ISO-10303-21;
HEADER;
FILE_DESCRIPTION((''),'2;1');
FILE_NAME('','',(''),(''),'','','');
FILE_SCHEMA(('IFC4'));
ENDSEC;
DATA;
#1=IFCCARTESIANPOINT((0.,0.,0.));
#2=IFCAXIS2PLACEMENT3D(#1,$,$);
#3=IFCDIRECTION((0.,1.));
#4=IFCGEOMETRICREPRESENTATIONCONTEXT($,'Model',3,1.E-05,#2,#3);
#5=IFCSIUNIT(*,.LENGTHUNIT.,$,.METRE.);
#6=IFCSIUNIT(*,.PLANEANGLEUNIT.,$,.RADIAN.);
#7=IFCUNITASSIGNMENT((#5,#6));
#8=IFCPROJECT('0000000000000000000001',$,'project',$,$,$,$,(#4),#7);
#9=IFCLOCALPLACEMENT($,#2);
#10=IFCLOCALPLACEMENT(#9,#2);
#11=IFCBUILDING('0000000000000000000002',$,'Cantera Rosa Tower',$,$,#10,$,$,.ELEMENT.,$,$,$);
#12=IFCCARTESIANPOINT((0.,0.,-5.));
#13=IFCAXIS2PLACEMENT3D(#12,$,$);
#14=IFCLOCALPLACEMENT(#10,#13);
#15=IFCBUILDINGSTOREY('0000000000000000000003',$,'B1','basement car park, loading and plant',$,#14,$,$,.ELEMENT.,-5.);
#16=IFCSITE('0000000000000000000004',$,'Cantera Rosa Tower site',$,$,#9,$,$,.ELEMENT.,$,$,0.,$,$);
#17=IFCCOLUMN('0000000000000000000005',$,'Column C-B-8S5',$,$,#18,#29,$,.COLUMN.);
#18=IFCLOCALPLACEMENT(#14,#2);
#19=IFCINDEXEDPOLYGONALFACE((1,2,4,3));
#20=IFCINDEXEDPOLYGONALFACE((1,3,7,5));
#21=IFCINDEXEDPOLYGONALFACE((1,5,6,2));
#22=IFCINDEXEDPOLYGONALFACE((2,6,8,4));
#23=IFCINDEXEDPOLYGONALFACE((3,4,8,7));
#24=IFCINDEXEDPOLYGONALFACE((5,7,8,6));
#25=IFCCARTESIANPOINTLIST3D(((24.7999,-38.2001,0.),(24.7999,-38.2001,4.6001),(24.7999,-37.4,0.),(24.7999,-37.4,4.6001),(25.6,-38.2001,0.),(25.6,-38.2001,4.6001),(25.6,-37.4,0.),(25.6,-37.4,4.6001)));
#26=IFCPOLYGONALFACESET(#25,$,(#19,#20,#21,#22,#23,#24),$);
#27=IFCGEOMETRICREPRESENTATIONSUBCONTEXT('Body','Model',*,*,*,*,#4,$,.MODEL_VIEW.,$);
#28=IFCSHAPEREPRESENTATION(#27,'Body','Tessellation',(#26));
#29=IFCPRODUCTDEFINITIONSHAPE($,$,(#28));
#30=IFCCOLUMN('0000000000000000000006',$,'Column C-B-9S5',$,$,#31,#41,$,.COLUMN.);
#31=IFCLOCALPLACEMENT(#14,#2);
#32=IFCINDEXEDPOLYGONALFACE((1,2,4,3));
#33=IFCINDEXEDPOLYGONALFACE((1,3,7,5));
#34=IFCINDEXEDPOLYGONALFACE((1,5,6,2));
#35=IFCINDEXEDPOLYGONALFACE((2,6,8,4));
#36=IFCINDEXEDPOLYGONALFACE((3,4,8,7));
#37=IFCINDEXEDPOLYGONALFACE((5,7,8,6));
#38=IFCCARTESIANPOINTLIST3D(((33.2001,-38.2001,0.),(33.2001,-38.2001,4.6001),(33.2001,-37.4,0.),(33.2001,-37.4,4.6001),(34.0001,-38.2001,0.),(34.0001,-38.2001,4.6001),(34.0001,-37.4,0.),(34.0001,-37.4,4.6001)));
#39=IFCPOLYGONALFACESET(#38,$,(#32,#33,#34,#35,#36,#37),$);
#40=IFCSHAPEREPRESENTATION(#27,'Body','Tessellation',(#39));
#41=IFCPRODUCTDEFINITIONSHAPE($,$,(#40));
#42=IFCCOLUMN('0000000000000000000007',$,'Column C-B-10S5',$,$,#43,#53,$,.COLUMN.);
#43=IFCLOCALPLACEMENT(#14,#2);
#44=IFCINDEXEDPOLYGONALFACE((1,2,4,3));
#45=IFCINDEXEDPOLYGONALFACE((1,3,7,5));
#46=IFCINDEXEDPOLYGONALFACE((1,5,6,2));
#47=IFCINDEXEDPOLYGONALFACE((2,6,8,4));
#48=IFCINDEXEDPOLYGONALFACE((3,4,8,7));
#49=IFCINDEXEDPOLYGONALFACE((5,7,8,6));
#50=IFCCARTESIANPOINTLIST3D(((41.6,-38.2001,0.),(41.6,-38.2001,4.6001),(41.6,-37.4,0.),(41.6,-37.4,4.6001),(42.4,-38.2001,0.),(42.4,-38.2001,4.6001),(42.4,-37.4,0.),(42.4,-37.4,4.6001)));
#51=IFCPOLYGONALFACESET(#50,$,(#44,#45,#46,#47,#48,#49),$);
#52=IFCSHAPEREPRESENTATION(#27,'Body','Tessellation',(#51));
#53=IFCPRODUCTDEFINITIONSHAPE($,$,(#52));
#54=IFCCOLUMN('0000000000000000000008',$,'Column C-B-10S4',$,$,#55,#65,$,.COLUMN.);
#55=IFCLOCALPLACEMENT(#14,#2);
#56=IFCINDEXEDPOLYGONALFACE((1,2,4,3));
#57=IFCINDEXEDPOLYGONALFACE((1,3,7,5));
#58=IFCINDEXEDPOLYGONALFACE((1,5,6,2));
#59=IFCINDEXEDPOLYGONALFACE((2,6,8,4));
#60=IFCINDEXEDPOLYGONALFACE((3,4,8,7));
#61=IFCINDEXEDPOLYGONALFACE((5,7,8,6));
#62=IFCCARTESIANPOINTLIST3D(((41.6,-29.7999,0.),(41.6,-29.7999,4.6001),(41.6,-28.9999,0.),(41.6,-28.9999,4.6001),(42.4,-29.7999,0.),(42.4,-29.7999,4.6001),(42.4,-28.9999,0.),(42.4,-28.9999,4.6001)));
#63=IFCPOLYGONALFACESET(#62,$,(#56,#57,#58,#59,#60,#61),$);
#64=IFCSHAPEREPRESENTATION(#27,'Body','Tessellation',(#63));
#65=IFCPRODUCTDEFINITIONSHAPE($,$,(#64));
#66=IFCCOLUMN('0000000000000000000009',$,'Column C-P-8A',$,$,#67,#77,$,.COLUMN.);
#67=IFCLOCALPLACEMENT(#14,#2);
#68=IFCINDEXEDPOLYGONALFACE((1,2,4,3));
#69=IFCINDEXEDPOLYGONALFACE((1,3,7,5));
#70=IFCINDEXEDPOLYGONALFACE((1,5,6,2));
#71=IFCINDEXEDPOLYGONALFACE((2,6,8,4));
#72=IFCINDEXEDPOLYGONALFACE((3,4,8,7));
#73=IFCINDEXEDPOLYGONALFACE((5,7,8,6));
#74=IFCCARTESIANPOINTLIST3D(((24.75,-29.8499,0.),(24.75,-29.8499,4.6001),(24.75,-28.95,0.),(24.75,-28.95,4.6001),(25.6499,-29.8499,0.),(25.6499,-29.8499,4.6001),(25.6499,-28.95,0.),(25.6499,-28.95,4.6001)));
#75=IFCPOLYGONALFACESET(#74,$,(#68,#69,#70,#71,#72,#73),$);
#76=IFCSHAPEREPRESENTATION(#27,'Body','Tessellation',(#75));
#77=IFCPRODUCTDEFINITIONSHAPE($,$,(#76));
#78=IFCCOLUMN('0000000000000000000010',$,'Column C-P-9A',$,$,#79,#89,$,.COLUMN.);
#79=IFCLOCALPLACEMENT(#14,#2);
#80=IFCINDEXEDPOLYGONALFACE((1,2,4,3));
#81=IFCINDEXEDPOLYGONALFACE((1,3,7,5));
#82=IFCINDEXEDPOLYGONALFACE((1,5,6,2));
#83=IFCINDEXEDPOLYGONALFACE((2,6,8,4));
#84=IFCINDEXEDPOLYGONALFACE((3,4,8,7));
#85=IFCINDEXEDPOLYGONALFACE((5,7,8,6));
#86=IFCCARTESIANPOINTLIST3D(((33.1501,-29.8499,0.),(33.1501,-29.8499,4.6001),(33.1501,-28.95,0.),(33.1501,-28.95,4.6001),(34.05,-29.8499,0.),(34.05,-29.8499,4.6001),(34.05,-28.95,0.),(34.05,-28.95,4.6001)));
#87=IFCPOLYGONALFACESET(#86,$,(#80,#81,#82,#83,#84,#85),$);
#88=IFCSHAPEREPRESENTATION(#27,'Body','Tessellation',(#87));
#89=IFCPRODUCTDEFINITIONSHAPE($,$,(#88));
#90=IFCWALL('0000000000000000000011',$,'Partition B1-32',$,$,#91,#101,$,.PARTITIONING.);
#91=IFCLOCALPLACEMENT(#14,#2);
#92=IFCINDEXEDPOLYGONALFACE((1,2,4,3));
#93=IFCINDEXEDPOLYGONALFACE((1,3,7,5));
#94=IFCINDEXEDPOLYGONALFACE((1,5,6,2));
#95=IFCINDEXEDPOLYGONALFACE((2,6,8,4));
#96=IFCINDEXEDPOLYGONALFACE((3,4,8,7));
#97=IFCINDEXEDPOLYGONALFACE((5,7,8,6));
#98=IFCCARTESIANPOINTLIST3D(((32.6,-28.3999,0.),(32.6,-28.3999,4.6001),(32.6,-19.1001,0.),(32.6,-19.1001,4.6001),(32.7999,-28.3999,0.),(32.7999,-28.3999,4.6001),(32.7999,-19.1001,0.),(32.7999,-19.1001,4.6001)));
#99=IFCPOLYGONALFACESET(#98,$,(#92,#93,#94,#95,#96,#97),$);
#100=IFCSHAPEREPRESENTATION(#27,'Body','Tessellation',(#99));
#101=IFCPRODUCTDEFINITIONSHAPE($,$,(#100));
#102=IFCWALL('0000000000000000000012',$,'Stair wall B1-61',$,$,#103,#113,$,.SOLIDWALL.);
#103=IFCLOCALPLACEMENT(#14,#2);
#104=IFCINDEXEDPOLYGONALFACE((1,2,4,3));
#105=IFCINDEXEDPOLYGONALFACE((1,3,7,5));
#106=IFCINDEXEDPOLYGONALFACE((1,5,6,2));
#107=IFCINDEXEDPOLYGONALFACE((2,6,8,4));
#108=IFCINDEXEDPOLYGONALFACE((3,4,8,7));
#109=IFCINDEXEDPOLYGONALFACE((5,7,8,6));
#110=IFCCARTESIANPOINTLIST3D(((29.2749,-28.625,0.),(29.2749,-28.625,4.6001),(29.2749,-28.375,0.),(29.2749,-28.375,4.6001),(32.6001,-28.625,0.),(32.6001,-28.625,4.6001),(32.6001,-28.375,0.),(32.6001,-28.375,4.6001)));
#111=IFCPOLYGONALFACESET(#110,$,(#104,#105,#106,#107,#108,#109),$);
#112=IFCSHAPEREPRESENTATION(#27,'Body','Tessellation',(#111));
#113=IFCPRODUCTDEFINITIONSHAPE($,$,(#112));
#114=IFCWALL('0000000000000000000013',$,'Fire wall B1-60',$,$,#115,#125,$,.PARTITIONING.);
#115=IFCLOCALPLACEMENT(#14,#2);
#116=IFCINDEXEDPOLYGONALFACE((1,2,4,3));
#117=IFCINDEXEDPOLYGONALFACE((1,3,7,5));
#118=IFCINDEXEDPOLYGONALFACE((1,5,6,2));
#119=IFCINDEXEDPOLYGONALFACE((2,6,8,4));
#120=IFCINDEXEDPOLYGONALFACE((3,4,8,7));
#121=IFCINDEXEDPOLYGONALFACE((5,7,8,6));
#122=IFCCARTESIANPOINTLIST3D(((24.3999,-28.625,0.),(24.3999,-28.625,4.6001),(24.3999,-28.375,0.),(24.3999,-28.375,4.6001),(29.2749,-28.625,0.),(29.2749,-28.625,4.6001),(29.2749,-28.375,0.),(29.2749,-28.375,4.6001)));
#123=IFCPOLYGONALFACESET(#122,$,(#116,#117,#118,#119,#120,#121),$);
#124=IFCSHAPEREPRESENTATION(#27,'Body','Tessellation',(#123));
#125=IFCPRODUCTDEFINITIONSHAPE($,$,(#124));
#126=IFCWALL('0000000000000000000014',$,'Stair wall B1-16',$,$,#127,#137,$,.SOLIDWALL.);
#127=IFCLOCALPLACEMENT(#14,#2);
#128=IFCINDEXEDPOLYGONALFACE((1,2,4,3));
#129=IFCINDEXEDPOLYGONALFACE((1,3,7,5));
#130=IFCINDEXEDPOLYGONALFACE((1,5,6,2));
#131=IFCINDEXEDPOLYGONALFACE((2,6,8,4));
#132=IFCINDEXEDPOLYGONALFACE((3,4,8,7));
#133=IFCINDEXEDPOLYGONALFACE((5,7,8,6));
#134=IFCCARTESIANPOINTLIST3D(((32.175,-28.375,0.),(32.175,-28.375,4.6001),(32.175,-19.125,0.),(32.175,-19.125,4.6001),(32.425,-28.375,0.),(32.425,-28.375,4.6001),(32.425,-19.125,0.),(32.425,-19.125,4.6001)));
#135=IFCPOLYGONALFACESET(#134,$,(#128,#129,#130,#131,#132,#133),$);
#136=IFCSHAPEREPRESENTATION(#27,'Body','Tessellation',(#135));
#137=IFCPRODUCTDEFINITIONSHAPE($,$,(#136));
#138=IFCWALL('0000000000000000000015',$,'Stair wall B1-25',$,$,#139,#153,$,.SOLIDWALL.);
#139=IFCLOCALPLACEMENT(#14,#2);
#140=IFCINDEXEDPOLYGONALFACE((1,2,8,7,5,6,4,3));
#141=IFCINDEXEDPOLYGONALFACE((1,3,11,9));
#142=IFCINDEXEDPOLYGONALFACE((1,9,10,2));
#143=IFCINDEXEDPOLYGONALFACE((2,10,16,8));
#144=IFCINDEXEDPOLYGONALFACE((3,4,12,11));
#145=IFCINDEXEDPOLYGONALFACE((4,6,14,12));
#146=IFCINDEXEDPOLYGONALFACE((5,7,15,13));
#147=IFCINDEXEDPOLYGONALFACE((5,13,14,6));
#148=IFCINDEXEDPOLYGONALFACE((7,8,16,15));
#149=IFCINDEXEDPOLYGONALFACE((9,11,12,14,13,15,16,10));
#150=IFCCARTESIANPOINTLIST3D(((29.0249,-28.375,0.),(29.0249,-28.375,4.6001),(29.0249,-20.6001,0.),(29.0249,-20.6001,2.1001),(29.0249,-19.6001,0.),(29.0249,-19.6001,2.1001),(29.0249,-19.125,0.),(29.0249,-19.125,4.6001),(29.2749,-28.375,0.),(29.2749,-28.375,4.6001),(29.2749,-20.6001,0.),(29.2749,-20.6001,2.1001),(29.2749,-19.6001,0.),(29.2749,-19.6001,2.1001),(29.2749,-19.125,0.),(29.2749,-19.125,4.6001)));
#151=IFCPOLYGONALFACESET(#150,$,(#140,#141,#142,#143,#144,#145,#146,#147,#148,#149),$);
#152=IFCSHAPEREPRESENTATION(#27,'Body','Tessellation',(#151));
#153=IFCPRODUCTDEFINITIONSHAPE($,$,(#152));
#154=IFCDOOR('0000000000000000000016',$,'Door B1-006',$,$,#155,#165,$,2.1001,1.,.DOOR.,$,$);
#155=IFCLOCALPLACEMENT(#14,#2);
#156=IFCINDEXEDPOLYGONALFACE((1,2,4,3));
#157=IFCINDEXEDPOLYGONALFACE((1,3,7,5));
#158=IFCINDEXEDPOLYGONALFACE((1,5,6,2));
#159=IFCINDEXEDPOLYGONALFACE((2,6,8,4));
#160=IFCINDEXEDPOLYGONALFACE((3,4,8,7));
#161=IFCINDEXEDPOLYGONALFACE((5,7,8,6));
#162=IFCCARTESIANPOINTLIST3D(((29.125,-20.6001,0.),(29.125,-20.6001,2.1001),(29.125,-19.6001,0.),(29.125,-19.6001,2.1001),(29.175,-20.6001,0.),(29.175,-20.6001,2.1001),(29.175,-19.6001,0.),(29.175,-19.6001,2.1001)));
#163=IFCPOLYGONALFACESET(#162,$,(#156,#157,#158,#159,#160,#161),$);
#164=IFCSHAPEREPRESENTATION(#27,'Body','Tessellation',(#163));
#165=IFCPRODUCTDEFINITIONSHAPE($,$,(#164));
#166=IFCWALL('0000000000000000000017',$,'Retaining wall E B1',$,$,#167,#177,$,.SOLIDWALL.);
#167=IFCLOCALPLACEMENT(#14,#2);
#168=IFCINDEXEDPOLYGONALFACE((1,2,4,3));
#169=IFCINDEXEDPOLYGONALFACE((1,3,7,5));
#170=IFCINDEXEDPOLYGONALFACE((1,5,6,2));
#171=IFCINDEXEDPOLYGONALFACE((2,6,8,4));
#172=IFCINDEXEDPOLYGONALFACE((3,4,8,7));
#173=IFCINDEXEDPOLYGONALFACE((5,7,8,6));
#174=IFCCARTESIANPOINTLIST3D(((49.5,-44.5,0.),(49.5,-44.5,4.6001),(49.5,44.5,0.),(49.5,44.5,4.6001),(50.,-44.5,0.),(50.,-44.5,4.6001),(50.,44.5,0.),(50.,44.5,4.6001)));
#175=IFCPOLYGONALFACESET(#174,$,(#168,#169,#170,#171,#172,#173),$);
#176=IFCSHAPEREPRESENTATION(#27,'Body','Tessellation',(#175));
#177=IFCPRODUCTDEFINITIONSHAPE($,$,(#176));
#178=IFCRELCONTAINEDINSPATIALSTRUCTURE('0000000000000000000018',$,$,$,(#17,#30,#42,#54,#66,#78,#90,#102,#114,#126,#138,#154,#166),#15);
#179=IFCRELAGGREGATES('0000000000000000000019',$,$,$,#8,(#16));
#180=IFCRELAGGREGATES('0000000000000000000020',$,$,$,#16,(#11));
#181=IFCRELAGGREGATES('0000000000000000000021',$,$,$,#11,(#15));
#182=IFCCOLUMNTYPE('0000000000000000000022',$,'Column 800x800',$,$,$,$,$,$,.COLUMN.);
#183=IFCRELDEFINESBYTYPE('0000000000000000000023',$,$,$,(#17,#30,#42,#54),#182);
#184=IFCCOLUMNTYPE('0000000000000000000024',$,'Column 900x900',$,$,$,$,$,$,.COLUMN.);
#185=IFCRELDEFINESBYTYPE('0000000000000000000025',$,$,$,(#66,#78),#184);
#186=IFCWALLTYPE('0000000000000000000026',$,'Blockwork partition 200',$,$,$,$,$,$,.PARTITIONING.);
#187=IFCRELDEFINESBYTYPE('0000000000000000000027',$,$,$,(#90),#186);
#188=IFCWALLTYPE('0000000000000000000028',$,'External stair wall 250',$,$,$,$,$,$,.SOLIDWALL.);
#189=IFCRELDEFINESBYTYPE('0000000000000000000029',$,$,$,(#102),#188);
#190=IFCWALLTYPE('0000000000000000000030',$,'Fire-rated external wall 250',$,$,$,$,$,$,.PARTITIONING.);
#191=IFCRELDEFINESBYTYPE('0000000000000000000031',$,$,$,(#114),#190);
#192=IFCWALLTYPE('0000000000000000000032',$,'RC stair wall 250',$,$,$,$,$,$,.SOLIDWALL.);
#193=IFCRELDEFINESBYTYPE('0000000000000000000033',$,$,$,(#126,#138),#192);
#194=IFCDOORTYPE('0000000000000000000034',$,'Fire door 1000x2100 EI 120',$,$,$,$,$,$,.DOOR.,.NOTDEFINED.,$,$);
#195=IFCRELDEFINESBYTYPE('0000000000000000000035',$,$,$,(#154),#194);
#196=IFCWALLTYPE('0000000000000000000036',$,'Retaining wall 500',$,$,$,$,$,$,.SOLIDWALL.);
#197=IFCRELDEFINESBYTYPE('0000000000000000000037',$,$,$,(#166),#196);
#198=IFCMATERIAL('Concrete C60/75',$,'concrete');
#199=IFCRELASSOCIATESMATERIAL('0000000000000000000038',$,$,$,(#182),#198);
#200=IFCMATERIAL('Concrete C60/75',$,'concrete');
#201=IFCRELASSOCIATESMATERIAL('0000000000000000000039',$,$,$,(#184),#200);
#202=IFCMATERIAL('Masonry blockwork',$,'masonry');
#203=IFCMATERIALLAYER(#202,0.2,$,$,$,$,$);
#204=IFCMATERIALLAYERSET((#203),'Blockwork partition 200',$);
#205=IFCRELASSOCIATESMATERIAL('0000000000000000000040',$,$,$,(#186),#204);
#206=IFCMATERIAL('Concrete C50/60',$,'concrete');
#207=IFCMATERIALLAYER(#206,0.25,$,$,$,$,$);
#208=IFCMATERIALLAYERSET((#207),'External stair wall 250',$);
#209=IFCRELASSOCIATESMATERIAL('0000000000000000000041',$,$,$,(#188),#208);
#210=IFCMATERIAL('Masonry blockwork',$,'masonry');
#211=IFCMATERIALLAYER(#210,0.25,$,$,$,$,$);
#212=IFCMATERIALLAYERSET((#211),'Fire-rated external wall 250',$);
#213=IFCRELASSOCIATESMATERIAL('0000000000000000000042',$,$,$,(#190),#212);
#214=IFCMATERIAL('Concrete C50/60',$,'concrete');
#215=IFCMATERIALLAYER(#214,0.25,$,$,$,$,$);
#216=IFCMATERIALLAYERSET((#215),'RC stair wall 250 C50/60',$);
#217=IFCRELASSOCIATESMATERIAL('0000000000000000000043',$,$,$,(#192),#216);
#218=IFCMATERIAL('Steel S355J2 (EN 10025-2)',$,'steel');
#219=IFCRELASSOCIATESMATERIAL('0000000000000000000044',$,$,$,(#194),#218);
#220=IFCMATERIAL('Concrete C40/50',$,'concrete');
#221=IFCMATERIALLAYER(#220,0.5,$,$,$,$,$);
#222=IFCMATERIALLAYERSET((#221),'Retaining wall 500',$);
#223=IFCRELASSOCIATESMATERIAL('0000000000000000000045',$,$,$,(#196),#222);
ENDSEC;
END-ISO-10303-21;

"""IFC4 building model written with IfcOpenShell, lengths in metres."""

from ifc_helpers import new_model, si_unit, direction, frame, frame_2d, origin, origin_2d, place, context, subcontext, project, spatial, rectangle, extrude, material, layer, layer_set, material_profile, profile_set, type_object, element, fill, save


model = new_model("IFC4")

# Units and contexts
model_context = context("Model", 3, precision=1e-05, world=origin(), true_north=direction((0.0, 1.0)))
body_context = subcontext(model_context, "Body", "Model", "MODEL_VIEW")
ifc_project = project(units=[si_unit("LENGTHUNIT", "METRE"), si_unit("PLANEANGLEUNIT", "RADIAN")], contexts=[model_context])

# Site, building, storey
site_placement = place(None, origin())
site = spatial("IfcSite", under=ifc_project, at=site_placement, Name="Cantera Rosa Tower site", CompositionType="ELEMENT", RefElevation=0.0)
building_placement = place(site_placement, origin())
building = spatial("IfcBuilding", under=site, at=building_placement, Name="Cantera Rosa Tower", CompositionType="ELEMENT")
storey_placement = place(building_placement, frame((0.0, 0.0, -5.0)))
storey = spatial("IfcBuildingStorey", under=building, at=storey_placement, Name="B1", Description="basement car park, loading and plant", CompositionType="ELEMENT", Elevation=-5.0)

# Columns
ifc_material_1 = material(Name="Concrete C60/75", Category="concrete")
ifc_material_profile_1 = material_profile(ifc_material_1, rectangle(XDim=0.8, YDim=0.8, at=origin_2d()), Name="Column 800x800")
ifc_profile_set_1 = profile_set([ifc_material_profile_1], Name="Concrete C60/75")
column_type_1 = type_object("IfcColumnType", Name="Column 800x800", PredefinedType="COLUMN", material=ifc_profile_set_1)
for number, where, z_axis, x_axis, name in (
    (1, (25.2, -37.8, 0.0), (0.0, 0.0, 1.0), (1.0, 0.0, 0.0), "Column C-B-8S5"),
    (2, (33.6001, -37.8, 0.0), (0.0, 0.0, 1.0), (1.0, 0.0, 0.0), "Column C-B-9S5"),
    (3, (42.0, -37.8, 0.0), (0.0, 0.0, 1.0), (1.0, 0.0, 0.0), "Column C-B-10S5"),
    (4, (42.0, -29.3999, 0.0), (0.0, 0.0, 1.0), (1.0, 0.0, 0.0), "Column C-B-10S4"),
):
    element("IfcColumn", number, at=place(storey_placement, frame(where, z_axis=z_axis, x_axis=x_axis)), inside=storey, type_object=column_type_1, Name=name, PredefinedType="COLUMN", context=body_context, shape_type="SweptSolid", body=[
        extrude(rectangle(XDim=0.8, YDim=0.8, at=origin_2d()), origin(), (0.0, 0.0, 1.0), 4.6001),
    ])
ifc_material_2 = material(Name="Concrete C60/75", Category="concrete")
ifc_material_profile_2 = material_profile(ifc_material_2, rectangle(XDim=0.8999, YDim=0.8999, at=origin_2d()), Name="Column 900x900")
ifc_profile_set_2 = profile_set([ifc_material_profile_2], Name="Concrete C60/75")
column_type_2 = type_object("IfcColumnType", Name="Column 900x900", PredefinedType="COLUMN", material=ifc_profile_set_2)
for number, where, z_axis, x_axis, name in (
    (5, (25.2, -29.3999, 0.0), (0.0, 0.0, 1.0), (1.0, 0.0, 0.0), "Column C-P-8A"),
    (6, (33.6001, -29.3999, 0.0), (0.0, 0.0, 1.0), (1.0, 0.0, 0.0), "Column C-P-9A"),
):
    element("IfcColumn", number, at=place(storey_placement, frame(where, z_axis=z_axis, x_axis=x_axis)), inside=storey, type_object=column_type_2, Name=name, PredefinedType="COLUMN", context=body_context, shape_type="SweptSolid", body=[
        extrude(rectangle(XDim=0.8999, YDim=0.8999, at=origin_2d()), origin(), (0.0, 0.0, 1.0), 4.6001),
    ])

# Walls
ifc_material_3 = material(Name="Masonry blockwork", Category="masonry")
ifc_layer_1 = layer(ifc_material_3, 0.2)
ifc_layer_set_1 = layer_set([ifc_layer_1], Name="Blockwork partition 200")
wall_type_1 = type_object("IfcWallType", Name="Blockwork partition 200", PredefinedType="PARTITIONING", material=ifc_layer_set_1)
wall_1_placement = place(storey_placement, frame((32.7, -28.3999, 0.0), z_axis=(0.0, 0.0, 1.0), x_axis=(0.0, 1.0, 0.0)))
element("IfcWall", 7, at=wall_1_placement, inside=storey, type_object=wall_type_1, Name="Partition B1-32", PredefinedType="PARTITIONING", context=body_context, shape_type="SweptSolid", body=[
    extrude(rectangle(XDim=9.2998, YDim=0.2, at=frame_2d((4.6499, 0.0))), origin(), (0.0, 0.0, 1.0), 4.6001),
])
ifc_material_4 = material(Name="Concrete C50/60", Category="concrete")
ifc_layer_2 = layer(ifc_material_4, 0.25)
ifc_layer_set_2 = layer_set([ifc_layer_2], Name="External stair wall 250")
wall_type_2 = type_object("IfcWallType", Name="External stair wall 250", PredefinedType="SOLIDWALL", material=ifc_layer_set_2)
wall_2_placement = place(storey_placement, frame((32.6001, -28.5, 0.0), z_axis=(0.0, 0.0, 1.0), x_axis=(-1.0, 0.0, 0.0)))
element("IfcWall", 8, at=wall_2_placement, inside=storey, type_object=wall_type_2, Name="Stair wall B1-61", PredefinedType="SOLIDWALL", context=body_context, shape_type="SweptSolid", body=[
    extrude(rectangle(XDim=3.3252, YDim=0.25, at=frame_2d((1.6626, 0.0))), origin(), (0.0, 0.0, 1.0), 4.6001),
])
ifc_material_5 = material(Name="Masonry blockwork", Category="masonry")
ifc_layer_3 = layer(ifc_material_5, 0.25)
ifc_layer_set_3 = layer_set([ifc_layer_3], Name="Fire-rated external wall 250")
wall_type_3 = type_object("IfcWallType", Name="Fire-rated external wall 250", PredefinedType="PARTITIONING", material=ifc_layer_set_3)
wall_3_placement = place(storey_placement, frame((24.3999, -28.5, 0.0), z_axis=(0.0, 0.0, 1.0), x_axis=(1.0, 0.0, 0.0)))
element("IfcWall", 9, at=wall_3_placement, inside=storey, type_object=wall_type_3, Name="Fire wall B1-60", PredefinedType="PARTITIONING", context=body_context, shape_type="SweptSolid", body=[
    extrude(rectangle(XDim=4.875, YDim=0.25, at=frame_2d((2.4375, 0.0))), origin(), (0.0, 0.0, 1.0), 4.6001),
])
ifc_material_6 = material(Name="Concrete C50/60", Category="concrete")
ifc_layer_4 = layer(ifc_material_6, 0.25)
ifc_layer_set_4 = layer_set([ifc_layer_4], Name="RC stair wall 250 C50/60")
wall_type_4 = type_object("IfcWallType", Name="RC stair wall 250", PredefinedType="SOLIDWALL", material=ifc_layer_set_4)
wall_4_placement = place(storey_placement, frame((32.3, -28.375, 0.0), z_axis=(0.0, 0.0, 1.0), x_axis=(0.0, 1.0, 0.0)))
element("IfcWall", 10, at=wall_4_placement, inside=storey, type_object=wall_type_4, Name="Stair wall B1-16", PredefinedType="SOLIDWALL", context=body_context, shape_type="SweptSolid", body=[
    extrude(rectangle(XDim=9.25, YDim=0.25, at=frame_2d((4.625, 0.0))), origin(), (0.0, 0.0, 1.0), 4.6001),
])

# Wall, opening, door
wall_5_placement = place(storey_placement, frame((29.1499, -28.375, 0.0), z_axis=(0.0, 0.0, 1.0), x_axis=(0.0, 1.0, 0.0)))
wall_5 = element("IfcWall", 11, at=wall_5_placement, inside=storey, type_object=wall_type_4, Name="Stair wall B1-25", PredefinedType="SOLIDWALL", context=body_context, shape_type="SweptSolid", body=[
    extrude(rectangle(XDim=9.25, YDim=0.25, at=frame_2d((4.625, 0.0))), origin(), (0.0, 0.0, 1.0), 4.6001),
])
opening_placement = place(wall_5_placement, frame((7.7749, 0.0, 0.0)))
opening = element("IfcOpeningElement", 12, at=opening_placement, cuts=wall_5, PredefinedType="OPENING", context=body_context, shape_type="SweptSolid", body=[
    extrude(rectangle(XDim=1.0, YDim=2.1001, at=frame_2d((0.5, 1.05))), frame((0.0, 0.135, 0.0), z_axis=(0.0, -1.0, 0.0), x_axis=(1.0, 0.0, 0.0)), (0.0, 0.0, 1.0), 0.27),
])
ifc_material_7 = material(Name="Steel S355J2 (EN 10025-2)", Category="steel")
door_type = type_object("IfcDoorType", Name="Fire door 1000x2100 EI 120", OperationType="NOTDEFINED", PredefinedType="DOOR", material=ifc_material_7)
door_placement = place(opening_placement, origin())
door = element("IfcDoor", 13, at=door_placement, inside=storey, type_object=door_type, Name="Door B1-006", OverallHeight=2.1001, OverallWidth=1.0, PredefinedType="DOOR", context=body_context, shape_type="SweptSolid", body=[
    extrude(rectangle(XDim=1.0, YDim=2.1001, at=frame_2d((0.5, 1.05))), frame((0.0, 0.0249, 0.0), z_axis=(0.0, -1.0, 0.0), x_axis=(1.0, 0.0, 0.0)), (0.0, 0.0, 1.0), 0.05),
])
fill(opening, door)

# Wall
ifc_material_8 = material(Name="Concrete C40/50", Category="concrete")
ifc_layer_5 = layer(ifc_material_8, 0.5)
ifc_layer_set_5 = layer_set([ifc_layer_5], Name="Retaining wall 500")
wall_type_5 = type_object("IfcWallType", Name="Retaining wall 500", PredefinedType="SOLIDWALL", material=ifc_layer_set_5)
wall_6_placement = place(storey_placement, frame((49.75, -44.5, 0.0), z_axis=(0.0, 0.0, 1.0), x_axis=(0.0, 1.0, 0.0)))
element("IfcWall", 14, at=wall_6_placement, inside=storey, type_object=wall_type_5, Name="Retaining wall E B1", PredefinedType="SOLIDWALL", context=body_context, shape_type="SweptSolid", body=[
    extrude(rectangle(XDim=89.0, YDim=0.5, at=frame_2d((44.5, 0.0))), origin(), (0.0, 0.0, 1.0), 4.6001),
])

save(model, "model.ifc")
